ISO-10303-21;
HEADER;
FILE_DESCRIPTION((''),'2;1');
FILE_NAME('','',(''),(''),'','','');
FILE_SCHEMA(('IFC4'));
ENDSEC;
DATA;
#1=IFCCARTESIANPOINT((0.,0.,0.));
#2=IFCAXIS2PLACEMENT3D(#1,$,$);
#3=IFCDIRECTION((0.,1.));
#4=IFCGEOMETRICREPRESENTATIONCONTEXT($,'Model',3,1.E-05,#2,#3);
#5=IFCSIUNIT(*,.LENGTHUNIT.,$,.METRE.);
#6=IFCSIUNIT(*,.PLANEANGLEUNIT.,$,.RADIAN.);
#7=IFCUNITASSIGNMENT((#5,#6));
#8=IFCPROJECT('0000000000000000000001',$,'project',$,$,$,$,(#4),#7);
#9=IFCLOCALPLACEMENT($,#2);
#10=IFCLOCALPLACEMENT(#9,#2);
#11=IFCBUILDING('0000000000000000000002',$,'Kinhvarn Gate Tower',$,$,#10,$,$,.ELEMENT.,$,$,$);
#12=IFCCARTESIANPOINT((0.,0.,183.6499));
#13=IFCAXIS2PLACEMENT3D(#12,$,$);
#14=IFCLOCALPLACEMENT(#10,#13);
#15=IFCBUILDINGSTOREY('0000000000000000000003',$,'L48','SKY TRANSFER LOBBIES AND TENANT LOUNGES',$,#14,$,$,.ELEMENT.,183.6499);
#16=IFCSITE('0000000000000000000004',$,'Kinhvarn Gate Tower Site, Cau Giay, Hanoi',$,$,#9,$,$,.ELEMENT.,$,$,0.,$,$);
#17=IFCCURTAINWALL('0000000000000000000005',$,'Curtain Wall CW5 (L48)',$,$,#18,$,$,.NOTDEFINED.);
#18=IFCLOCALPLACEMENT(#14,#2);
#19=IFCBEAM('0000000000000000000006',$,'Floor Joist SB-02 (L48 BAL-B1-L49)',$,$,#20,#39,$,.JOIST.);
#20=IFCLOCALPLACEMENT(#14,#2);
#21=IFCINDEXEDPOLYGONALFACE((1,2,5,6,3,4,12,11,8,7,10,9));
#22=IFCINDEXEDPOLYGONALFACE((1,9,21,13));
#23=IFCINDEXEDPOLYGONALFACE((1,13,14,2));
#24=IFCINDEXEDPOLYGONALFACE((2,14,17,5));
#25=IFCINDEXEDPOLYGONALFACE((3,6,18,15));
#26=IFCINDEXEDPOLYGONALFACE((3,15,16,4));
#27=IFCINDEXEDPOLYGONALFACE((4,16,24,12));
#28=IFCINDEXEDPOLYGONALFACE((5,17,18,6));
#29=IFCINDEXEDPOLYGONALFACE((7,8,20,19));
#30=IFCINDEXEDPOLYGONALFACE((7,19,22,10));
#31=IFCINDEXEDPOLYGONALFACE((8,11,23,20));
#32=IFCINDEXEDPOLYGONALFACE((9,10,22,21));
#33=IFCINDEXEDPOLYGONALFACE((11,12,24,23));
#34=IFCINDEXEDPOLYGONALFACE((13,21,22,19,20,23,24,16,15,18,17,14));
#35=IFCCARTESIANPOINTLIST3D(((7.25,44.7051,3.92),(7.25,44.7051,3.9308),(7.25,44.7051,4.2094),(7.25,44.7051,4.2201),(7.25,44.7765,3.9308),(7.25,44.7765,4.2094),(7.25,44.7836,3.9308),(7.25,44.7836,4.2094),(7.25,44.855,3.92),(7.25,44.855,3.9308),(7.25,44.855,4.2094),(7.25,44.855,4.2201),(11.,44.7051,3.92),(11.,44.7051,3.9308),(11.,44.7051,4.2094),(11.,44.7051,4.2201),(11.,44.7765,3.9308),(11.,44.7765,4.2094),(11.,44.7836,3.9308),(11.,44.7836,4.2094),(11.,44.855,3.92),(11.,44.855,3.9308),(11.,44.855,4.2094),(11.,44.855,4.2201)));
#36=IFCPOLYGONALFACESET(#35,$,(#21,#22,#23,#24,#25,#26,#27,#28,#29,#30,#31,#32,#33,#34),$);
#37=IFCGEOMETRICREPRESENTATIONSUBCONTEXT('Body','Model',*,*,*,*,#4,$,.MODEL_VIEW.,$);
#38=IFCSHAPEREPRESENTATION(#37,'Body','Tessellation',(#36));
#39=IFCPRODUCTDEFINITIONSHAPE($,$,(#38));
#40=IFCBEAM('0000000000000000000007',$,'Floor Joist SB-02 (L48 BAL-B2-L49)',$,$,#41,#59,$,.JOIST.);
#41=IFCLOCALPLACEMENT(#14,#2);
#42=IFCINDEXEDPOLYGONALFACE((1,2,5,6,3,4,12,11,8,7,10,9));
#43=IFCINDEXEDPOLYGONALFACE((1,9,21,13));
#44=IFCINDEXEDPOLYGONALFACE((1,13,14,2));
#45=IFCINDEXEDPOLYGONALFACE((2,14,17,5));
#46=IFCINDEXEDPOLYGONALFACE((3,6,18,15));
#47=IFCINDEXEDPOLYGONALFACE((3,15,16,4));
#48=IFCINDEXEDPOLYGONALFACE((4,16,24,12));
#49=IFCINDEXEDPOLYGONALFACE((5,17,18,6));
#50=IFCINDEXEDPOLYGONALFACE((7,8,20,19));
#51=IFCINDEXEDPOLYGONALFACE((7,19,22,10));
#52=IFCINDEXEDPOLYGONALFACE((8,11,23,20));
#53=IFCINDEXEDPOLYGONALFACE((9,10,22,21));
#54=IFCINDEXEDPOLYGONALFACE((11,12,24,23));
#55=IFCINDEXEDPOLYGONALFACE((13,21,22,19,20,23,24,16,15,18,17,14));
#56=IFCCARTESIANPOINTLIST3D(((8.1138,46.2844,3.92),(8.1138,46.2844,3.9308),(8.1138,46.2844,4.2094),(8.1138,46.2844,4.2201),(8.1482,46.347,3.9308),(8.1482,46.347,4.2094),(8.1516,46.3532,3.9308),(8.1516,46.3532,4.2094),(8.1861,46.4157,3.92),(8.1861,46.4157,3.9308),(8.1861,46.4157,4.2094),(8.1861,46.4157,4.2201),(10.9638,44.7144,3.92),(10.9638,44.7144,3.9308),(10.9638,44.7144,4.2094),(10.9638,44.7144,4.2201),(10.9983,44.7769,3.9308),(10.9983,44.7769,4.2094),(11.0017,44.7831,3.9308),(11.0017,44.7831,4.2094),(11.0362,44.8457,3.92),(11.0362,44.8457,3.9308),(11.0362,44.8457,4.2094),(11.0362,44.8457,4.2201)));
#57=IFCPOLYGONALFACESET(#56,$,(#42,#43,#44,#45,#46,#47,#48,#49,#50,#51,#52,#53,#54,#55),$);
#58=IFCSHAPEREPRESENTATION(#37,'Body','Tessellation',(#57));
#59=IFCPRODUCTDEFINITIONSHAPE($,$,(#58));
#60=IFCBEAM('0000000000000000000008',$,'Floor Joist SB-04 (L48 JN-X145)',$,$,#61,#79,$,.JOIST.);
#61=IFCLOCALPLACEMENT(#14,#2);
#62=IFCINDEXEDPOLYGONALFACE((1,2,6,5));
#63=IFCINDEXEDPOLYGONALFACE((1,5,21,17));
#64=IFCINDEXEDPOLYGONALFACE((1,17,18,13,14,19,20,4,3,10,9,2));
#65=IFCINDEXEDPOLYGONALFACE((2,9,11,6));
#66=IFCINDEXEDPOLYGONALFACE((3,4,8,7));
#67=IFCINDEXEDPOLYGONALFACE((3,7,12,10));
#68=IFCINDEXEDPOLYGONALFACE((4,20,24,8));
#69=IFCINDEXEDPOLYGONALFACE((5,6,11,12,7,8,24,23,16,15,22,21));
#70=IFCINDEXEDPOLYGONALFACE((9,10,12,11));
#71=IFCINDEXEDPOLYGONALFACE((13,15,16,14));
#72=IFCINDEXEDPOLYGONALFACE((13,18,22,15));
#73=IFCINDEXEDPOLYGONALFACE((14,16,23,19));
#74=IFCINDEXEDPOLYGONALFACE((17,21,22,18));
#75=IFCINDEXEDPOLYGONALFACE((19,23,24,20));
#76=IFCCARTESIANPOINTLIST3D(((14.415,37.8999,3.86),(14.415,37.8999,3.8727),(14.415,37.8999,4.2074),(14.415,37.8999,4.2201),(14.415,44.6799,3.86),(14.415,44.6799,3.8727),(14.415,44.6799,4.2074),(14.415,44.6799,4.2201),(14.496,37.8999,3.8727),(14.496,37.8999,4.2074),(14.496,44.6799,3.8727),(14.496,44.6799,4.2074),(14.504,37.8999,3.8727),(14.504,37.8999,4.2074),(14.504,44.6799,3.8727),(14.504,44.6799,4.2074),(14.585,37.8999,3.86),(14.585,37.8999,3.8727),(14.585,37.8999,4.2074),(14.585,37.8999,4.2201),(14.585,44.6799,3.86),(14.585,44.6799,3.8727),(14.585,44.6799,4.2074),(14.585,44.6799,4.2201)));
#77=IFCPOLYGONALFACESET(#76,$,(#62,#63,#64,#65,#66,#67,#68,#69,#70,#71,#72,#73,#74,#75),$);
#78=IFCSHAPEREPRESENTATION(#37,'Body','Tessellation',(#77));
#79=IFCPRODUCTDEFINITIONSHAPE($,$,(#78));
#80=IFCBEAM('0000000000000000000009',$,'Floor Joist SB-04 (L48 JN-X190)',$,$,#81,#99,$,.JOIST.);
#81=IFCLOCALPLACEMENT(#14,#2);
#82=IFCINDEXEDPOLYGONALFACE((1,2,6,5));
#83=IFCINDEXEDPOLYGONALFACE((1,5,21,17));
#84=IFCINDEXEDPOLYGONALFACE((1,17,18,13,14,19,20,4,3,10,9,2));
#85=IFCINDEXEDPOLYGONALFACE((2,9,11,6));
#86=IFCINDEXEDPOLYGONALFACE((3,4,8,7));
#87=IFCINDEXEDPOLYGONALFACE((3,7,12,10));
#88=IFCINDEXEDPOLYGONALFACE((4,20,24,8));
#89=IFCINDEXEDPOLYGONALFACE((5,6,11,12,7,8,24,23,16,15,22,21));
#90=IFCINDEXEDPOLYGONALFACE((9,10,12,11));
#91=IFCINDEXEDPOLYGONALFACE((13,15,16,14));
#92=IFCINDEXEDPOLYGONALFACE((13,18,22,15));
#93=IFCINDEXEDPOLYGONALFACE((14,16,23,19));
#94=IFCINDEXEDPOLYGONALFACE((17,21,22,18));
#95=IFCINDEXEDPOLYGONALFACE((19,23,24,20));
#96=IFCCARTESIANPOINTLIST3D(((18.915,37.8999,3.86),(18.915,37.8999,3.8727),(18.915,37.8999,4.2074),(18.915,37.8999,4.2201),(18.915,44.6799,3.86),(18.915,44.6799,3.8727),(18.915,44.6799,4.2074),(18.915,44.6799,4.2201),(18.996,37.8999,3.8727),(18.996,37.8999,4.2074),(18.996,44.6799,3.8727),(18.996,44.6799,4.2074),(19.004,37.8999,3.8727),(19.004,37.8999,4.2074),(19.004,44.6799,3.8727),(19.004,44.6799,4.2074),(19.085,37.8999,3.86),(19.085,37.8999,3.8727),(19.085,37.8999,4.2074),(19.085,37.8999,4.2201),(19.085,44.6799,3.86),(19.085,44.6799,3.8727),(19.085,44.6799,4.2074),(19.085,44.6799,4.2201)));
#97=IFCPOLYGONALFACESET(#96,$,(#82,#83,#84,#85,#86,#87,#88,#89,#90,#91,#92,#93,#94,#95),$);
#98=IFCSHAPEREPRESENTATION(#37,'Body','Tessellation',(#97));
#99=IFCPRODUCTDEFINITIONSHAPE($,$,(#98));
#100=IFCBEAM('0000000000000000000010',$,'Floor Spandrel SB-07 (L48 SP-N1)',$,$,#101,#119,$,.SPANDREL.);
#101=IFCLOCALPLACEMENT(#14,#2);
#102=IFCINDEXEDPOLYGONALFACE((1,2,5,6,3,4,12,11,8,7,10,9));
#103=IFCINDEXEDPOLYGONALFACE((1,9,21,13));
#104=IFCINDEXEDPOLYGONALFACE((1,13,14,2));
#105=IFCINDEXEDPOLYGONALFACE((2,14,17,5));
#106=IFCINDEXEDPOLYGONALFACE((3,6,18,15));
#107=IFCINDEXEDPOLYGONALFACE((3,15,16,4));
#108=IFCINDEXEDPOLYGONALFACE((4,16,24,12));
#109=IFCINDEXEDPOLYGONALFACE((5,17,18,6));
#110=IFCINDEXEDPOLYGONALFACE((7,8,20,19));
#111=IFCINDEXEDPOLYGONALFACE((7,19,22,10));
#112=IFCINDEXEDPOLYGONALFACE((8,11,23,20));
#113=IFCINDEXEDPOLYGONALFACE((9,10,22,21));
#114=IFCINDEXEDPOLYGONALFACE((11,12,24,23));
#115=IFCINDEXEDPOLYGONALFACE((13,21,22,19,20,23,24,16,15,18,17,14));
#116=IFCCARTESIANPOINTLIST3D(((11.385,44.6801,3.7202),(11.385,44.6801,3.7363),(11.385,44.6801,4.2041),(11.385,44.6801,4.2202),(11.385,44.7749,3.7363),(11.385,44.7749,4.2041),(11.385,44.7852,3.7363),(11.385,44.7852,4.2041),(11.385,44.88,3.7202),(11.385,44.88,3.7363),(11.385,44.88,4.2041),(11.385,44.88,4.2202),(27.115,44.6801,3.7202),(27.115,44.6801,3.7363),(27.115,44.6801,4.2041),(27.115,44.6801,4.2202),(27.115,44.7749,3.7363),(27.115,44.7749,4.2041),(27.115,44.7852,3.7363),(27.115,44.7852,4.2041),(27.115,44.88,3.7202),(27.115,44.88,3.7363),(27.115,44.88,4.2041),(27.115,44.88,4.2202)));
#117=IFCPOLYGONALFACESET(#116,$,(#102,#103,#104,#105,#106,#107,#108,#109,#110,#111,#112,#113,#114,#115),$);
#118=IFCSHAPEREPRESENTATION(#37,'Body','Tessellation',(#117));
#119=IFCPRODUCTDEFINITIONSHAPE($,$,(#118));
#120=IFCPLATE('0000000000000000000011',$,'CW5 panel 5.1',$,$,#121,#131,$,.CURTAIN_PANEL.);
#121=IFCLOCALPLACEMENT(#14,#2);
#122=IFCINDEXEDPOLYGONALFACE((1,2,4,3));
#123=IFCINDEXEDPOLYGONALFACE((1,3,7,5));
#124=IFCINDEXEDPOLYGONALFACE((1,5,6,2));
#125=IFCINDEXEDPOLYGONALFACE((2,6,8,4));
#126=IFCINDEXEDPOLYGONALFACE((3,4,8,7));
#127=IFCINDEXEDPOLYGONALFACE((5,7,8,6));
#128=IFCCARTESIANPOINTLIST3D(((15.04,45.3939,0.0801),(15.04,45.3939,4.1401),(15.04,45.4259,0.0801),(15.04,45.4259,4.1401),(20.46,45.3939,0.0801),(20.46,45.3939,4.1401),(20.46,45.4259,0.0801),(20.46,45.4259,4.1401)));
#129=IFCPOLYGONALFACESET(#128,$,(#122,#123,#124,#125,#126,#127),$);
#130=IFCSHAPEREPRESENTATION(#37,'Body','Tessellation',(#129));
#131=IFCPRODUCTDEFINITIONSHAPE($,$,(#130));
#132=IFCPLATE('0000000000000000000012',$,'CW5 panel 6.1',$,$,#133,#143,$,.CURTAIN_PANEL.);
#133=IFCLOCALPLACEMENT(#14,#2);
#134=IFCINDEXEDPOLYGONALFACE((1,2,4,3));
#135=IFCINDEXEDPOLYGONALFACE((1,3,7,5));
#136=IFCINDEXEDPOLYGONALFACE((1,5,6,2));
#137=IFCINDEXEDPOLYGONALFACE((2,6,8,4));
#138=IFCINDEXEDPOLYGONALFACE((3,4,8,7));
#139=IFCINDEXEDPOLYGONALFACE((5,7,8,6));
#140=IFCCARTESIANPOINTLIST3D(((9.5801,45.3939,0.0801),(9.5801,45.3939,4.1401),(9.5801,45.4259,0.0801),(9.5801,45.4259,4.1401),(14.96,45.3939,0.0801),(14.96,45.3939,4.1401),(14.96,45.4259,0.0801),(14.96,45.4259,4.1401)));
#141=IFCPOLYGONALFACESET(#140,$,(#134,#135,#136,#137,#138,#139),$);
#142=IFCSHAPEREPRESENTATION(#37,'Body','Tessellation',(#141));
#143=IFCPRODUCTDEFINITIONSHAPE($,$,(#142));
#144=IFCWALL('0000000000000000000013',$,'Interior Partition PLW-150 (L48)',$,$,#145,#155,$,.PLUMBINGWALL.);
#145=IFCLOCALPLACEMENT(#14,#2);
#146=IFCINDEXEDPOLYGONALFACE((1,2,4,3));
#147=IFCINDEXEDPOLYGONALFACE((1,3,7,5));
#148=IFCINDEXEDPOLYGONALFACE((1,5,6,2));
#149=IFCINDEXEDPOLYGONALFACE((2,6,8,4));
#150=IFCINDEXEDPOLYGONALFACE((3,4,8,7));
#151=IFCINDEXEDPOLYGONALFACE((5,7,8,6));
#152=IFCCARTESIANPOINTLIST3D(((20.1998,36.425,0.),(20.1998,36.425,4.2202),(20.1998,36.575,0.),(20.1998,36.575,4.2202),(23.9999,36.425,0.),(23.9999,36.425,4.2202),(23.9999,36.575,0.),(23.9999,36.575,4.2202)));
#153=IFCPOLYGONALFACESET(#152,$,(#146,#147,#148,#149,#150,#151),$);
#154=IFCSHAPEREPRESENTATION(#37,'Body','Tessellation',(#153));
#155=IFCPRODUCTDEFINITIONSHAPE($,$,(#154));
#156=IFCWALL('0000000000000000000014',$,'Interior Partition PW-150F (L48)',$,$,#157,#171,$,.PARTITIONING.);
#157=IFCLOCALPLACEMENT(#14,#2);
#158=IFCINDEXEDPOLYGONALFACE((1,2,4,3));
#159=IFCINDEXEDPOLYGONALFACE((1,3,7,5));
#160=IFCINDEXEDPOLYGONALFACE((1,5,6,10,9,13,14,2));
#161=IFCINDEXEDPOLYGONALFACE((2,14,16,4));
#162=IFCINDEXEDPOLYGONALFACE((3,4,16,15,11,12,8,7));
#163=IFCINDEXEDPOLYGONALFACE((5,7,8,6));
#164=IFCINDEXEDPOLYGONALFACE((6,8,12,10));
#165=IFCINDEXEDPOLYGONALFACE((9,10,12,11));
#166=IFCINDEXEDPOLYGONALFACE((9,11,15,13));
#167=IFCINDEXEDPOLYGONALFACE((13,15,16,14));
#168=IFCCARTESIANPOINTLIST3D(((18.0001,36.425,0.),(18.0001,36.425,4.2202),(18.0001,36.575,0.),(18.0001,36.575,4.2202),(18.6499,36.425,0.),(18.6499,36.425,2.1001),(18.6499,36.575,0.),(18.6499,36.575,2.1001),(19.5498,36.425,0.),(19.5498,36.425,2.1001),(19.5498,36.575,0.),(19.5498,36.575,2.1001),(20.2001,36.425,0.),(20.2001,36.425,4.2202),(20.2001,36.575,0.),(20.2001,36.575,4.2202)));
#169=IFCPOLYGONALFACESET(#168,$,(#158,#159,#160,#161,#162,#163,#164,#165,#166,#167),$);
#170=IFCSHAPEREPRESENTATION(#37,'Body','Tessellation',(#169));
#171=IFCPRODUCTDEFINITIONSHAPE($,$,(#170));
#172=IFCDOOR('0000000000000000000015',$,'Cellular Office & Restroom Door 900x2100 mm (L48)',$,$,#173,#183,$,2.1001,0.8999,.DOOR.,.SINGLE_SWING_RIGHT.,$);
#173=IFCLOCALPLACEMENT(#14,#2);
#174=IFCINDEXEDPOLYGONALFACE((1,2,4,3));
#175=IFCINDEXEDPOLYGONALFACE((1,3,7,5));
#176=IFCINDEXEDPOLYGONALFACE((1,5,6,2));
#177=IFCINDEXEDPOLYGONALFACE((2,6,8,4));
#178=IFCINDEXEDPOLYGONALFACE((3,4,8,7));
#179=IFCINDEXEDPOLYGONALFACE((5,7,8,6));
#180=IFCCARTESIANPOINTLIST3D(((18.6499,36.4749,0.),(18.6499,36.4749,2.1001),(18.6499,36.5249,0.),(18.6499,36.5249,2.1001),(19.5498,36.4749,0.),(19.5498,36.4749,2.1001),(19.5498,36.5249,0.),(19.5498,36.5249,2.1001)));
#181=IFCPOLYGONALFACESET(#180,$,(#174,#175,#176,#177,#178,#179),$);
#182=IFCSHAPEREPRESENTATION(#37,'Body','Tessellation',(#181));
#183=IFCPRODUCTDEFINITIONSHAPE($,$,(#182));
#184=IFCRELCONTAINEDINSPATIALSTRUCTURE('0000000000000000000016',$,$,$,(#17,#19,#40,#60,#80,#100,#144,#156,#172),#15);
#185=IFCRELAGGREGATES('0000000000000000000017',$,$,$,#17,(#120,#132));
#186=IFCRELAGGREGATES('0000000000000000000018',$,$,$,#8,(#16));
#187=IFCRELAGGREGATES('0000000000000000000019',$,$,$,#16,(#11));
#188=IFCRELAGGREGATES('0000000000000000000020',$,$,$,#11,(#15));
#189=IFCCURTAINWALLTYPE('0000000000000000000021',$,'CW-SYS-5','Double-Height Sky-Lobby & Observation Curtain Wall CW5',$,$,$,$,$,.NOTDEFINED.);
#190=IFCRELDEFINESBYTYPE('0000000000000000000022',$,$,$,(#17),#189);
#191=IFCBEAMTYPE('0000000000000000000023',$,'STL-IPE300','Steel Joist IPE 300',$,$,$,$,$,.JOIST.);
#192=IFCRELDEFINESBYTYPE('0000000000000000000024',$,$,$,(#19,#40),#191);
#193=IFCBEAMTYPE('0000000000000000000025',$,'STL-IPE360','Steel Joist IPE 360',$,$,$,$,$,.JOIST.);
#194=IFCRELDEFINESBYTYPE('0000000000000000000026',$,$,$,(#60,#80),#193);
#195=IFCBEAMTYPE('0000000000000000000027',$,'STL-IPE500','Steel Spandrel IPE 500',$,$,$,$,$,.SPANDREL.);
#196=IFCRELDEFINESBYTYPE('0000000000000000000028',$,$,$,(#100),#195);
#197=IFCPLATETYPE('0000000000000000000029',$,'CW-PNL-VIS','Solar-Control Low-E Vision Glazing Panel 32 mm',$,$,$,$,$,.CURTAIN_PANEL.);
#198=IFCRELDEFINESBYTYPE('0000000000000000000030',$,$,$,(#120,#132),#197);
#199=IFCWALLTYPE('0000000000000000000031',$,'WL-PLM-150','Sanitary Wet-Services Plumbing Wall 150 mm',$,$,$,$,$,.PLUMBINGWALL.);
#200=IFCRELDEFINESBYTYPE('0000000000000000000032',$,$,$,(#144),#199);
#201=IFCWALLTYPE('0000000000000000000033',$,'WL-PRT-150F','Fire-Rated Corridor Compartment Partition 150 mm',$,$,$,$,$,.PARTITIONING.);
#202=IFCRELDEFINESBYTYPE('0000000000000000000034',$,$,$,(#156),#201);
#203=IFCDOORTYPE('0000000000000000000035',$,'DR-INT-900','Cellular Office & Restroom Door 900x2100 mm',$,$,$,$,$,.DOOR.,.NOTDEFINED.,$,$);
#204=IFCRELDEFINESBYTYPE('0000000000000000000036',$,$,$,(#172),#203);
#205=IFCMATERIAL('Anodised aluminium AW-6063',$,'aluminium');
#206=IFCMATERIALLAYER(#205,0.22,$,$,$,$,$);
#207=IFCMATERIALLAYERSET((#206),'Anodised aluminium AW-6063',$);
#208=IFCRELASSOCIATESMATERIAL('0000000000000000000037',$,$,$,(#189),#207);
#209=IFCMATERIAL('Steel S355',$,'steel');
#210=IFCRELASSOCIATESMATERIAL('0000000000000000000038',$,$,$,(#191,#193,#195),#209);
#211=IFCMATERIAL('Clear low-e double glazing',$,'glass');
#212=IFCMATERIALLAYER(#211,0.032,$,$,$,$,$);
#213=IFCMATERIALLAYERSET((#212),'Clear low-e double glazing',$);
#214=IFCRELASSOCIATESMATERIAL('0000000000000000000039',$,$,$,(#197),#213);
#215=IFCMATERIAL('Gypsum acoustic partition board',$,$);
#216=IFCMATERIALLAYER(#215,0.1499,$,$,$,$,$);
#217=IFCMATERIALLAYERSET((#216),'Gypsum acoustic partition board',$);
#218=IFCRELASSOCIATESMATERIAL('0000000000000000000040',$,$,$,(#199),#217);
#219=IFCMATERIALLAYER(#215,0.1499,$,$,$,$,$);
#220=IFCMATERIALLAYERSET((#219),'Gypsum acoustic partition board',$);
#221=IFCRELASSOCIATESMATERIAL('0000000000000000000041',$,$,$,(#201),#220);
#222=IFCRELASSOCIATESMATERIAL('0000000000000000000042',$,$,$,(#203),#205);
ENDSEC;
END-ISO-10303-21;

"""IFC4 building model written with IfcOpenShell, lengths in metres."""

from ifc_helpers import new_model, si_unit, direction, frame, frame_2d, origin, origin_2d, place, context, subcontext, project, spatial, rectangle, i_section, extrude, material, layer, layer_set, material_profile, profile_set, type_object, element, fill, aggregate, save


model = new_model("IFC4")

# Units and contexts
model_context = context("Model", 3, precision=1e-05, world=origin(), true_north=direction((0.0, 1.0)))
body_context = subcontext(model_context, "Body", "Model", "MODEL_VIEW")
ifc_project = project(units=[si_unit("LENGTHUNIT", "METRE"), si_unit("PLANEANGLEUNIT", "RADIAN")], contexts=[model_context])

# Site, building, storey
site_placement = place(None, origin())
site = spatial("IfcSite", under=ifc_project, at=site_placement, Name="Kinhvarn Gate Tower Site, Cau Giay, Hanoi", CompositionType="ELEMENT", RefElevation=0.0)
building_placement = place(site_placement, origin())
building = spatial("IfcBuilding", under=site, at=building_placement, Name="Kinhvarn Gate Tower", CompositionType="ELEMENT")
storey_placement = place(building_placement, frame((0.0, 0.0, 183.6499)))
storey = spatial("IfcBuildingStorey", under=building, at=storey_placement, Name="L48", Description="SKY TRANSFER LOBBIES AND TENANT LOUNGES", CompositionType="ELEMENT", Elevation=183.6499)

# Curtain wall
ifc_material_1 = material(Name="Anodised aluminium AW-6063", Category="aluminium")
ifc_layer_1 = layer(ifc_material_1, 0.22)
ifc_layer_set_1 = layer_set([ifc_layer_1], Name="Anodised aluminium AW-6063")
curtain_wall_type = type_object("IfcCurtainWallType", Name="CW-SYS-5", Description="Double-Height Sky-Lobby & Observation Curtain Wall CW5", PredefinedType="NOTDEFINED", material=ifc_layer_set_1)
curtain_wall_placement = place(storey_placement, origin())
curtain_wall = element("IfcCurtainWall", 1, at=curtain_wall_placement, inside=storey, type_object=curtain_wall_type, Name="Curtain Wall CW5 (L48)", PredefinedType="NOTDEFINED")

# Beams
ifc_material_2 = material(Name="Steel S355", Category="steel")
ifc_material_profile_1 = material_profile(ifc_material_2, i_section(OverallWidth=0.1499, OverallDepth=0.3, WebThickness=0.0071, FlangeThickness=0.0107, at=origin_2d()), Name="IPE 300")
ifc_profile_set_1 = profile_set([ifc_material_profile_1], Name="Steel S355")
beam_type_1 = type_object("IfcBeamType", Name="STL-IPE300", Description="Steel Joist IPE 300", PredefinedType="JOIST", material=ifc_profile_set_1)
beam_1_placement = place(storey_placement, frame((11.0, 44.78, 4.0701), z_axis=(-1.0, 0.0, 0.0), x_axis=(0.0, -1.0, 0.0)))
element("IfcBeam", 2, at=beam_1_placement, inside=storey, type_object=beam_type_1, Name="Floor Joist SB-02 (L48 BAL-B1-L49)", PredefinedType="JOIST", context=body_context, shape_type="SweptSolid", body=[
    extrude(i_section(OverallWidth=0.1499, OverallDepth=0.3, WebThickness=0.0071, FlangeThickness=0.0107, at=origin_2d()), origin(), (0.0, 0.0, 1.0), 3.75),
])
beam_2_placement = place(storey_placement, frame((11.0, 44.78, 4.0701), z_axis=(-0.875889, 0.482512, 0.0), x_axis=(-0.482512, -0.875889, 0.0)))
element("IfcBeam", 3, at=beam_2_placement, inside=storey, type_object=beam_type_1, Name="Floor Joist SB-02 (L48 BAL-B2-L49)", PredefinedType="JOIST", context=body_context, shape_type="SweptSolid", body=[
    extrude(i_section(OverallWidth=0.1499, OverallDepth=0.3, WebThickness=0.0071, FlangeThickness=0.0107, at=origin_2d()), origin(), (0.0, 0.0, 1.0), 3.2539),
])
ifc_material_profile_2 = material_profile(ifc_material_2, i_section(OverallWidth=0.1699, OverallDepth=0.3601, WebThickness=0.0081, FlangeThickness=0.0127, at=origin_2d()), Name="IPE 360")
ifc_profile_set_2 = profile_set([ifc_material_profile_2], Name="Steel S355")
beam_type_2 = type_object("IfcBeamType", Name="STL-IPE360", Description="Steel Joist IPE 360", PredefinedType="JOIST", material=ifc_profile_set_2)
for number, where, z_axis, x_axis, name in (
    (4, (14.5, 37.8999, 4.04), (0.0, 1.0, 0.0), (-1.0, 0.0, 0.0), "Floor Joist SB-04 (L48 JN-X145)"),
    (5, (19.0, 37.8999, 4.04), (0.0, 1.0, 0.0), (-1.0, 0.0, 0.0), "Floor Joist SB-04 (L48 JN-X190)"),
):
    element("IfcBeam", number, at=place(storey_placement, frame(where, z_axis=z_axis, x_axis=x_axis)), inside=storey, type_object=beam_type_2, Name=name, PredefinedType="JOIST", context=body_context, shape_type="SweptSolid", body=[
        extrude(i_section(OverallWidth=0.1699, OverallDepth=0.3601, WebThickness=0.0081, FlangeThickness=0.0127, at=origin_2d()), origin(), (0.0, 0.0, 1.0), 6.78),
    ])
ifc_material_profile_3 = material_profile(ifc_material_2, i_section(OverallWidth=0.2, OverallDepth=0.5, WebThickness=0.0103, FlangeThickness=0.0161, at=origin_2d()), Name="IPE 500")
ifc_profile_set_3 = profile_set([ifc_material_profile_3], Name="Steel S355")
beam_type_3 = type_object("IfcBeamType", Name="STL-IPE500", Description="Steel Spandrel IPE 500", PredefinedType="SPANDREL", material=ifc_profile_set_3)
beam_3_placement = place(storey_placement, frame((11.385, 44.78, 3.9702), z_axis=(1.0, 0.0, 0.0), x_axis=(0.0, 1.0, 0.0)))
element("IfcBeam", 6, at=beam_3_placement, inside=storey, type_object=beam_type_3, Name="Floor Spandrel SB-07 (L48 SP-N1)", PredefinedType="SPANDREL", context=body_context, shape_type="SweptSolid", body=[
    extrude(i_section(OverallWidth=0.2, OverallDepth=0.5, WebThickness=0.0103, FlangeThickness=0.0161, at=origin_2d()), origin(), (0.0, 0.0, 1.0), 15.73),
])

# Plates
ifc_material_3 = material(Name="Clear low-e double glazing", Category="glass")
ifc_layer_2 = layer(ifc_material_3, 0.032)
ifc_layer_set_2 = layer_set([ifc_layer_2], Name="Clear low-e double glazing")
plate_type = type_object("IfcPlateType", Name="CW-PNL-VIS", Description="Solar-Control Low-E Vision Glazing Panel 32 mm", PredefinedType="CURTAIN_PANEL", material=ifc_layer_set_2)
plate_1_placement = place(storey_placement, frame((17.75, 45.4099, 0.0801), z_axis=(0.0, 0.0, 1.0), x_axis=(-1.0, 0.0, 0.0)))
plate_1 = element("IfcPlate", 7, at=plate_1_placement, type_object=plate_type, Name="CW5 panel 5.1", PredefinedType="CURTAIN_PANEL", context=body_context, shape_type="SweptSolid", body=[
    extrude(rectangle(XDim=5.4199, YDim=0.032, at=origin_2d()), origin(), (0.0, 0.0, 1.0), 4.0601),
])
plate_2_placement = place(storey_placement, frame((12.27, 45.4099, 0.0801), z_axis=(0.0, 0.0, 1.0), x_axis=(-1.0, 0.0, 0.0)))
plate_2 = element("IfcPlate", 8, at=plate_2_placement, type_object=plate_type, Name="CW5 panel 6.1", PredefinedType="CURTAIN_PANEL", context=body_context, shape_type="SweptSolid", body=[
    extrude(rectangle(XDim=5.3799, YDim=0.032, at=origin_2d()), origin(), (0.0, 0.0, 1.0), 4.0601),
])
aggregate(curtain_wall, [plate_1, plate_2])

# Wall
ifc_material_4 = material(Name="Gypsum acoustic partition board")
ifc_layer_3 = layer(ifc_material_4, 0.1499)
ifc_layer_set_3 = layer_set([ifc_layer_3], Name="Gypsum acoustic partition board")
wall_type_1 = type_object("IfcWallType", Name="WL-PLM-150", Description="Sanitary Wet-Services Plumbing Wall 150 mm", PredefinedType="PLUMBINGWALL", material=ifc_layer_set_3)
wall_1_placement = place(storey_placement, frame((20.2, 36.5, 0.0), z_axis=(0.0, 0.0, 1.0), x_axis=(1.0, 0.0, 0.0)))
element("IfcWall", 9, at=wall_1_placement, inside=storey, type_object=wall_type_1, Name="Interior Partition PLW-150 (L48)", PredefinedType="PLUMBINGWALL", context=body_context, shape_type="SweptSolid", body=[
    extrude(rectangle(XDim=3.8, YDim=0.1499, at=frame_2d((1.8999, 0.0))), origin(), (0.0, 0.0, 1.0), 4.2202),
])

# Wall, opening, door
ifc_layer_4 = layer(ifc_material_4, 0.1499)
ifc_layer_set_4 = layer_set([ifc_layer_4], Name="Gypsum acoustic partition board")
wall_type_2 = type_object("IfcWallType", Name="WL-PRT-150F", Description="Fire-Rated Corridor Compartment Partition 150 mm", PredefinedType="PARTITIONING", material=ifc_layer_set_4)
wall_2_placement = place(storey_placement, frame((18.0, 36.5, 0.0), z_axis=(0.0, 0.0, 1.0), x_axis=(1.0, 0.0, 0.0)))
wall_2 = element("IfcWall", 10, at=wall_2_placement, inside=storey, type_object=wall_type_2, Name="Interior Partition PW-150F (L48)", PredefinedType="PARTITIONING", context=body_context, shape_type="SweptSolid", body=[
    extrude(rectangle(XDim=2.2, YDim=0.1499, at=frame_2d((1.1001, 0.0))), origin(), (0.0, 0.0, 1.0), 4.2202),
])
opening_placement = place(wall_2_placement, frame((0.6499, 0.0, 0.0)))
opening = element("IfcOpeningElement", 11, at=opening_placement, cuts=wall_2, PredefinedType="OPENING", context=body_context, shape_type="SweptSolid", body=[
    extrude(rectangle(XDim=0.8999, YDim=2.1001, at=frame_2d((0.45, 1.05))), frame((0.0, 0.085, 0.0), z_axis=(0.0, -1.0, 0.0), x_axis=(1.0, 0.0, 0.0)), (0.0, 0.0, 1.0), 0.1699),
])
door_type = type_object("IfcDoorType", Name="DR-INT-900", Description="Cellular Office & Restroom Door 900x2100 mm", OperationType="NOTDEFINED", PredefinedType="DOOR", material=ifc_material_1)
door_placement = place(opening_placement, origin())
door = element("IfcDoor", 12, at=door_placement, inside=storey, type_object=door_type, Name="Cellular Office & Restroom Door 900x2100 mm (L48)", OperationType="SINGLE_SWING_RIGHT", OverallHeight=2.1001, OverallWidth=0.8999, PredefinedType="DOOR", context=body_context, shape_type="SweptSolid", body=[
    extrude(rectangle(XDim=0.8999, YDim=2.1001, at=frame_2d((0.45, 1.05))), frame((0.0, 0.0249, 0.0), z_axis=(0.0, -1.0, 0.0), x_axis=(1.0, 0.0, 0.0)), (0.0, 0.0, 1.0), 0.05),
])
fill(opening, door)

save(model, "model.ifc")
